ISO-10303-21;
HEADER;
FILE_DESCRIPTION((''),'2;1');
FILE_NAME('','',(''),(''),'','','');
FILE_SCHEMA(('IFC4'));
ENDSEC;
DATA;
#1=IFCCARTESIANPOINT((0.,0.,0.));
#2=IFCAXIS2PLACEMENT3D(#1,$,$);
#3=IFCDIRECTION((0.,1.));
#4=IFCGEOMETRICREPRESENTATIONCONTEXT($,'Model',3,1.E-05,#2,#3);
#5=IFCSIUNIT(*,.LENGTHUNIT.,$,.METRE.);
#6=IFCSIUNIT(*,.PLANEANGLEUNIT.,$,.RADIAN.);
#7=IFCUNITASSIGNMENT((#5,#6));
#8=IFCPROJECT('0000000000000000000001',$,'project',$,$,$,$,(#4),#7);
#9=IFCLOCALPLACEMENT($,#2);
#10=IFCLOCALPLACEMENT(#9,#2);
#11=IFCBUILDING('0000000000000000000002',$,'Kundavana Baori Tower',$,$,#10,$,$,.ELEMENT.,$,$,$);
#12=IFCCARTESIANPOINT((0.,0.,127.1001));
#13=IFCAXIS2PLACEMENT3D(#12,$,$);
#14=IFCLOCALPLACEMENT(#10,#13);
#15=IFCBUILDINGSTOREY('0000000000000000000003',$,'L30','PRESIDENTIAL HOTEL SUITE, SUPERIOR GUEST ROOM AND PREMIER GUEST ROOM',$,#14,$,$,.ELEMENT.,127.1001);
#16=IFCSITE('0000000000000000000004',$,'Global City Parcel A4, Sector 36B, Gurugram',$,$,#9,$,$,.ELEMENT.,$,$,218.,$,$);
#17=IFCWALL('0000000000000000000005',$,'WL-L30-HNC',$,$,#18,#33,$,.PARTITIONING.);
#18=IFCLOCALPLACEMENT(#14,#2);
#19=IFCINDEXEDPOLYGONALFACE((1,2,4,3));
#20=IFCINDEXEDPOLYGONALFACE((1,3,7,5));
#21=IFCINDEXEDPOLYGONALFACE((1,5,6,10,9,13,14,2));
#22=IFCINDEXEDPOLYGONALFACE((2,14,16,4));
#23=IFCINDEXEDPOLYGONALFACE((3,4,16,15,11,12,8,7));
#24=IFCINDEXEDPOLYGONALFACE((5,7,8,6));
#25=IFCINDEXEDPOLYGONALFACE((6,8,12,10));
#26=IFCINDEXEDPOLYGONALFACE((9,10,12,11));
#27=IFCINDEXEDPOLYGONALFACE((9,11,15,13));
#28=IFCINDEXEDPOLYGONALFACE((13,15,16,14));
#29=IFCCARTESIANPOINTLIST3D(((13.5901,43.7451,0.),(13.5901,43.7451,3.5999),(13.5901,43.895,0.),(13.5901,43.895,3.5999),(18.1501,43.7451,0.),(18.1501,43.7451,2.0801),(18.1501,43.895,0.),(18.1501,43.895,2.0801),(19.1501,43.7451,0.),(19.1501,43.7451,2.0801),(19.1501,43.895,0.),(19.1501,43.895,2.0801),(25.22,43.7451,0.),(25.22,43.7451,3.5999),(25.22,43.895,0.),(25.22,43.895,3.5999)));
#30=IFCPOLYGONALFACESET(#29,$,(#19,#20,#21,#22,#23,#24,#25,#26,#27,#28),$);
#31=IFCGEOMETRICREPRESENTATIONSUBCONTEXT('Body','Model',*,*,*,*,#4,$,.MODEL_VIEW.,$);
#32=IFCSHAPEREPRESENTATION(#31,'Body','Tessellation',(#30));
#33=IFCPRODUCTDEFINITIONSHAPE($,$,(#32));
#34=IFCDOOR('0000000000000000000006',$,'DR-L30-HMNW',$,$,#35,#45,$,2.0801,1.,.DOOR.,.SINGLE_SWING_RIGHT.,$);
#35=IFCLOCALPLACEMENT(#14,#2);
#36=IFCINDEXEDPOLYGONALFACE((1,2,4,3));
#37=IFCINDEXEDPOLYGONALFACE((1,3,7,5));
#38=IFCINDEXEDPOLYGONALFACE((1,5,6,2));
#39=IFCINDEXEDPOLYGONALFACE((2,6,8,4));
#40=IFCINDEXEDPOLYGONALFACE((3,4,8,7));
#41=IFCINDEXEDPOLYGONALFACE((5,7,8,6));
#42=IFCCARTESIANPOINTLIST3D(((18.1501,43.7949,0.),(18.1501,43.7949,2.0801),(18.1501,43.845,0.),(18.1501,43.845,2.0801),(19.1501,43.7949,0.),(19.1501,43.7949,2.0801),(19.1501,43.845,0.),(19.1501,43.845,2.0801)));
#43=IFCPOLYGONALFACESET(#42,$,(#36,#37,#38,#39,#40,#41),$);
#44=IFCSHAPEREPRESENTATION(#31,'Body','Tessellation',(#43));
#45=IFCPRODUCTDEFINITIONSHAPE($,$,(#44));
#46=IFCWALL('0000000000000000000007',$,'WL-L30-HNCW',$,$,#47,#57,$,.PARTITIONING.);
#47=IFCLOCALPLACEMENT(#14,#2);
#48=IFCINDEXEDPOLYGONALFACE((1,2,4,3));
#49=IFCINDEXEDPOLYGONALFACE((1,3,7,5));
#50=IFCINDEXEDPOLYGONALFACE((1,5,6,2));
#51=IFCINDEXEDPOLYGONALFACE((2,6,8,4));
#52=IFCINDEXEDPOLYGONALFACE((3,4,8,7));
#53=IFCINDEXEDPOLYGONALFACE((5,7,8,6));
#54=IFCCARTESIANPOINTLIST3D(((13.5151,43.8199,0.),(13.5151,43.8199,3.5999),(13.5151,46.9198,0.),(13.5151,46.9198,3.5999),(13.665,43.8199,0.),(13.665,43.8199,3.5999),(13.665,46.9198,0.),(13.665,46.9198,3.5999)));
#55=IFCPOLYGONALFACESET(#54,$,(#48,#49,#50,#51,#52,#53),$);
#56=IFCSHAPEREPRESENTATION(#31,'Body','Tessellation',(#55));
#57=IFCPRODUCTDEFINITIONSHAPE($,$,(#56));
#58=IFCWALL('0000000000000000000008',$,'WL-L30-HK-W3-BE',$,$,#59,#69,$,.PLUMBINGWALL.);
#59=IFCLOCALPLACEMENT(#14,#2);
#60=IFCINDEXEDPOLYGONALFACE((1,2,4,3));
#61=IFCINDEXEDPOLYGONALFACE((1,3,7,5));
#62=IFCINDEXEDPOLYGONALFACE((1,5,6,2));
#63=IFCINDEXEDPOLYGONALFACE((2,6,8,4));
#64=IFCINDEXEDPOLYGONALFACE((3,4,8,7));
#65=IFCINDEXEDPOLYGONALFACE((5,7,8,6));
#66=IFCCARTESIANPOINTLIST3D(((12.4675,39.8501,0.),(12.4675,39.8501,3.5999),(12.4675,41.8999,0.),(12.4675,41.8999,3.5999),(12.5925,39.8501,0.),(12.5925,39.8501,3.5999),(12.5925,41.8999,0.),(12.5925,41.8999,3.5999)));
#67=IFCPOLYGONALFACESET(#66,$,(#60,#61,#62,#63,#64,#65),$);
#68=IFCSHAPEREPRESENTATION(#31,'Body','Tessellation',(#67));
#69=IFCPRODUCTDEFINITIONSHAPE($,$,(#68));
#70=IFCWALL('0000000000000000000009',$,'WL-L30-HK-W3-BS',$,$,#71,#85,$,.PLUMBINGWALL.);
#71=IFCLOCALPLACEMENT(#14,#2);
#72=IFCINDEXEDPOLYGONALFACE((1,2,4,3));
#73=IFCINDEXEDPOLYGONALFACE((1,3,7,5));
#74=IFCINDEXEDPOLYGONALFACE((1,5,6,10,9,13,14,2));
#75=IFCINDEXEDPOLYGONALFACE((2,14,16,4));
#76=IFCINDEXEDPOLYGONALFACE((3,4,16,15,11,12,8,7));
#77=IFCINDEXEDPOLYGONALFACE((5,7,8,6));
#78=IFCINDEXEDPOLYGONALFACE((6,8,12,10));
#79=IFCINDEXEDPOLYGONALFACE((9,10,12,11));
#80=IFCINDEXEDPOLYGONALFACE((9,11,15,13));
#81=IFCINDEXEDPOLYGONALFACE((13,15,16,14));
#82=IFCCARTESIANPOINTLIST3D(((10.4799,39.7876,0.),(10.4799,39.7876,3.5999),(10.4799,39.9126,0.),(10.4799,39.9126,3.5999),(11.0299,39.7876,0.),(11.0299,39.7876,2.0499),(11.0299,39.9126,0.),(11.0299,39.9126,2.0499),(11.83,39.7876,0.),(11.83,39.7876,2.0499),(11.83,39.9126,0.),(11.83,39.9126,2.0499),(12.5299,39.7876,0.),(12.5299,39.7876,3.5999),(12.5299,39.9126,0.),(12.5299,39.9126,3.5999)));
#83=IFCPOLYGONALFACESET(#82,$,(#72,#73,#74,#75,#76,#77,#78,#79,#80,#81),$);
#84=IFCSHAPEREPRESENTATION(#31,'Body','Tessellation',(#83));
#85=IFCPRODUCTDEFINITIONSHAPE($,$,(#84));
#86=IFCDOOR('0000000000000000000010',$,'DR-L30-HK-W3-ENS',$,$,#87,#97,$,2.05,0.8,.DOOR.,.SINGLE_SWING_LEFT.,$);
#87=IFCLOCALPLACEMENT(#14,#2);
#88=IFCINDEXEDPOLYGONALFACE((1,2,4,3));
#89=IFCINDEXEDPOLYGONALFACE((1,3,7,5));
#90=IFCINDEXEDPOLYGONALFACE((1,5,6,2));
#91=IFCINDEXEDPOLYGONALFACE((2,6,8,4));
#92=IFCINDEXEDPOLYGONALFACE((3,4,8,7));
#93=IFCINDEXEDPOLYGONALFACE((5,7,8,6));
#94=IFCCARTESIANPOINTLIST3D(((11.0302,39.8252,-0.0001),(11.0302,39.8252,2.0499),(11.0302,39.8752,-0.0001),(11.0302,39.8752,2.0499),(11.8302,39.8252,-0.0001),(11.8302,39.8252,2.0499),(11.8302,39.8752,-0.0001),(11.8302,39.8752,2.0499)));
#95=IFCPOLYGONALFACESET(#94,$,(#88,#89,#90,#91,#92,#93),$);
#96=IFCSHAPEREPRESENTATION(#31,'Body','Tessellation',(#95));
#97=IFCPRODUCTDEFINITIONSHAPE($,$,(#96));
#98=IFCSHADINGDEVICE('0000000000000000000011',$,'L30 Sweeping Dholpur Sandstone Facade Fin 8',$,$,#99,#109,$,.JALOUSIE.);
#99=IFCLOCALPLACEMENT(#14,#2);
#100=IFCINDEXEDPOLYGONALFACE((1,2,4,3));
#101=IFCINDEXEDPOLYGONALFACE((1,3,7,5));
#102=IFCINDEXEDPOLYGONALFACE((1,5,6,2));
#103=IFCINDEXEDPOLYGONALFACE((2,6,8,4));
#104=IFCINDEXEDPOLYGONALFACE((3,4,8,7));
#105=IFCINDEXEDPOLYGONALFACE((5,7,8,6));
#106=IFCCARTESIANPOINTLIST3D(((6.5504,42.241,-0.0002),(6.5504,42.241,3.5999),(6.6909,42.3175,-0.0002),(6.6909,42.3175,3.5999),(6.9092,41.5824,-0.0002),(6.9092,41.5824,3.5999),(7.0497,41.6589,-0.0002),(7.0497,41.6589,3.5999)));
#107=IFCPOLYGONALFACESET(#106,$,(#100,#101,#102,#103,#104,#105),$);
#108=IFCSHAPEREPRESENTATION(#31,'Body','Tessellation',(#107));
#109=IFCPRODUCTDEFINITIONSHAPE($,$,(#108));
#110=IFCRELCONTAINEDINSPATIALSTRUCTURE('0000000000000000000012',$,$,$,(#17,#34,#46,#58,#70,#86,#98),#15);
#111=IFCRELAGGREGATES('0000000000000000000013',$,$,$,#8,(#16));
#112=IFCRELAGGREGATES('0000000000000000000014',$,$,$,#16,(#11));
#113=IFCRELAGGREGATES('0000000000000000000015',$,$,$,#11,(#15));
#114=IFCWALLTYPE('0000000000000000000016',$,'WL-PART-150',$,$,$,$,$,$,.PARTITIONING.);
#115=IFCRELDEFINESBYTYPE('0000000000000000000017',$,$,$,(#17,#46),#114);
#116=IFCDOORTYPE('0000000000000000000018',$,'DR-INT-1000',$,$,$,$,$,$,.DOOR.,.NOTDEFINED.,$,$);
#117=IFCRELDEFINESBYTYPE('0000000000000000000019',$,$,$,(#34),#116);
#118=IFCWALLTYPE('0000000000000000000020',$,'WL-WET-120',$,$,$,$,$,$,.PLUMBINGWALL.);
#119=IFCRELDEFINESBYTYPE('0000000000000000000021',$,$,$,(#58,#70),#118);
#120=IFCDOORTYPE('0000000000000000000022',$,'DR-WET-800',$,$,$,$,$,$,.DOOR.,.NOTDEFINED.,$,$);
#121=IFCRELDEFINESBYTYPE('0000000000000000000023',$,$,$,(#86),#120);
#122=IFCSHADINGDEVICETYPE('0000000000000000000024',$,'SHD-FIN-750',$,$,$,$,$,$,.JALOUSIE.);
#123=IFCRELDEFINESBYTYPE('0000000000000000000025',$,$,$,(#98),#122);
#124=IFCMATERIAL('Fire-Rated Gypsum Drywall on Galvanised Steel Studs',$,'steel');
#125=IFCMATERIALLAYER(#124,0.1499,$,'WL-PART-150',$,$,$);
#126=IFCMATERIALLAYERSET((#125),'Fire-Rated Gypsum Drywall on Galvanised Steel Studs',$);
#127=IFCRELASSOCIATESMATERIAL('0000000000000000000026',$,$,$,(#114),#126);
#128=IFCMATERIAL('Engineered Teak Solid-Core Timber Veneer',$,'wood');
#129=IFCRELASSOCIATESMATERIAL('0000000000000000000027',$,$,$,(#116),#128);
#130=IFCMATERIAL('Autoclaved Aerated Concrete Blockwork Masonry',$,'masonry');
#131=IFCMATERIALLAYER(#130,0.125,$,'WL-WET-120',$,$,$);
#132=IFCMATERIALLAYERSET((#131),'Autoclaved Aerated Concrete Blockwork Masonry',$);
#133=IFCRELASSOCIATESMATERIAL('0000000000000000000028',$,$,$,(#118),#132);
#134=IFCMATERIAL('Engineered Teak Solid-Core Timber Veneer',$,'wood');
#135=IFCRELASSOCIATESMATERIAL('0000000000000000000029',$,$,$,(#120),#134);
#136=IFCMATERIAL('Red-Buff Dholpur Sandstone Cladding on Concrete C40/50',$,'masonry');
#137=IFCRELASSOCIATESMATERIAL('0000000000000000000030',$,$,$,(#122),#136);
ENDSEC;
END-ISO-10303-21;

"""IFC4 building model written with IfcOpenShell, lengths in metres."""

from ifc_helpers import new_model, si_unit, direction, frame, frame_2d, origin, origin_2d, place, context, subcontext, project, spatial, rectangle, extrude, material, layer, layer_set, type_object, element, fill, save


model = new_model("IFC4")

# Units and contexts
model_context = context("Model", 3, precision=1e-05, world=origin(), true_north=direction((0.0, 1.0)))
body_context = subcontext(model_context, "Body", "Model", "MODEL_VIEW")
ifc_project = project(units=[si_unit("LENGTHUNIT", "METRE"), si_unit("PLANEANGLEUNIT", "RADIAN")], contexts=[model_context])

# Site, building, storey
site_placement = place(None, origin())
site = spatial("IfcSite", under=ifc_project, at=site_placement, Name="Global City Parcel A4, Sector 36B, Gurugram", CompositionType="ELEMENT", RefElevation=218.0)
building_placement = place(site_placement, origin())
building = spatial("IfcBuilding", under=site, at=building_placement, Name="Kundavana Baori Tower", CompositionType="ELEMENT")
storey_placement = place(building_placement, frame((0.0, 0.0, 127.1001)))
storey = spatial("IfcBuildingStorey", under=building, at=storey_placement, Name="L30", Description="PRESIDENTIAL HOTEL SUITE, SUPERIOR GUEST ROOM AND PREMIER GUEST ROOM", CompositionType="ELEMENT", Elevation=127.1001)

# Shared definitions
ifc_material_1 = material(Name="Fire-Rated Gypsum Drywall on Galvanised Steel Studs", Category="steel")
ifc_layer_1 = layer(ifc_material_1, 0.1499, Name="WL-PART-150")
ifc_layer_set_1 = layer_set([ifc_layer_1], Name="Fire-Rated Gypsum Drywall on Galvanised Steel Studs")
wall_type_1 = type_object("IfcWallType", Name="WL-PART-150", PredefinedType="PARTITIONING", material=ifc_layer_set_1)

# Wall, opening, door
wall_1_placement = place(storey_placement, frame((13.5901, 43.8201, 0.0), z_axis=(0.0, 0.0, 1.0), x_axis=(1.0, 0.0, 0.0)))
wall_1 = element("IfcWall", 1, at=wall_1_placement, inside=storey, type_object=wall_type_1, Name="WL-L30-HNC", PredefinedType="PARTITIONING", context=body_context, shape_type="SweptSolid", body=[
    extrude(rectangle(XDim=11.6299, YDim=0.1499, at=frame_2d((5.8149, 0.0))), origin(), (0.0, 0.0, 1.0), 3.5999),
])
opening_1_placement = place(wall_1_placement, frame((4.5601, 0.0, 0.0)))
opening_1 = element("IfcOpeningElement", 2, at=opening_1_placement, cuts=wall_1, PredefinedType="OPENING", context=body_context, shape_type="SweptSolid", body=[
    extrude(rectangle(XDim=1.0, YDim=2.0801, at=frame_2d((0.5, 1.04))), frame((0.0, 0.085, 0.0), z_axis=(0.0, -1.0, 0.0), x_axis=(1.0, 0.0, 0.0)), (0.0, 0.0, 1.0), 0.1699),
])
ifc_material_2 = material(Name="Engineered Teak Solid-Core Timber Veneer", Category="wood")
door_type_1 = type_object("IfcDoorType", Name="DR-INT-1000", OperationType="NOTDEFINED", PredefinedType="DOOR", material=ifc_material_2)
door_1_placement = place(opening_1_placement, origin())
door_1 = element("IfcDoor", 3, at=door_1_placement, inside=storey, type_object=door_type_1, Name="DR-L30-HMNW", OperationType="SINGLE_SWING_RIGHT", OverallHeight=2.0801, OverallWidth=1.0, PredefinedType="DOOR", context=body_context, shape_type="SweptSolid", body=[
    extrude(rectangle(XDim=1.0, YDim=2.0801, at=frame_2d((0.5, 1.04))), frame((0.0, 0.0249, 0.0), z_axis=(0.0, -1.0, 0.0), x_axis=(1.0, 0.0, 0.0)), (0.0, 0.0, 1.0), 0.05),
])
fill(opening_1, door_1)

# Walls
wall_2_placement = place(storey_placement, frame((13.5901, 43.8201, 0.0), z_axis=(0.0, 0.0, 1.0), x_axis=(0.0, 1.0, 0.0)))
element("IfcWall", 4, at=wall_2_placement, inside=storey, type_object=wall_type_1, Name="WL-L30-HNCW", PredefinedType="PARTITIONING", context=body_context, shape_type="SweptSolid", body=[
    extrude(rectangle(XDim=3.0999, YDim=0.1499, at=frame_2d((1.5498, 0.0))), origin(), (0.0, 0.0, 1.0), 3.5999),
])
ifc_material_3 = material(Name="Autoclaved Aerated Concrete Blockwork Masonry", Category="masonry")
ifc_layer_2 = layer(ifc_material_3, 0.125, Name="WL-WET-120")
ifc_layer_set_2 = layer_set([ifc_layer_2], Name="Autoclaved Aerated Concrete Blockwork Masonry")
wall_type_2 = type_object("IfcWallType", Name="WL-WET-120", PredefinedType="PLUMBINGWALL", material=ifc_layer_set_2)
wall_3_placement = place(storey_placement, frame((12.53, 39.8501, 0.0), z_axis=(0.0, 0.0, 1.0), x_axis=(0.0, 1.0, 0.0)))
element("IfcWall", 5, at=wall_3_placement, inside=storey, type_object=wall_type_2, Name="WL-L30-HK-W3-BE", PredefinedType="PLUMBINGWALL", context=body_context, shape_type="SweptSolid", body=[
    extrude(rectangle(XDim=2.0498, YDim=0.125, at=frame_2d((1.0249, 0.0))), origin(), (0.0, 0.0, 1.0), 3.5999),
])

# Wall, opening, door
wall_4_placement = place(storey_placement, frame((10.48, 39.8501, 0.0), z_axis=(0.0, 0.0, 1.0), x_axis=(1.0, 0.0, 0.0)))
wall_4 = element("IfcWall", 6, at=wall_4_placement, inside=storey, type_object=wall_type_2, Name="WL-L30-HK-W3-BS", PredefinedType="PLUMBINGWALL", context=body_context, shape_type="SweptSolid", body=[
    extrude(rectangle(XDim=2.05, YDim=0.125, at=frame_2d((1.0249, 0.0))), origin(), (0.0, 0.0, 1.0), 3.5999),
])
opening_2_placement = place(wall_4_placement, frame((0.55, 0.0, 0.0)))
opening_2 = element("IfcOpeningElement", 7, at=opening_2_placement, cuts=wall_4, PredefinedType="OPENING", context=body_context, shape_type="SweptSolid", body=[
    extrude(rectangle(XDim=0.8, YDim=2.05, at=frame_2d((0.3999, 1.0249))), frame((0.0, 0.0725, 0.0), z_axis=(0.0, -1.0, 0.0), x_axis=(1.0, 0.0, 0.0)), (0.0, 0.0, 1.0), 0.145),
])
ifc_material_4 = material(Name="Engineered Teak Solid-Core Timber Veneer", Category="wood")
door_type_2 = type_object("IfcDoorType", Name="DR-WET-800", OperationType="NOTDEFINED", PredefinedType="DOOR", material=ifc_material_4)
door_2_placement = place(opening_2_placement, frame((0.8, 0.0, 0.0), z_axis=(0.0, 0.0, 1.0), x_axis=(-1.0, 0.0, 0.0)))
door_2 = element("IfcDoor", 8, at=door_2_placement, inside=storey, type_object=door_type_2, Name="DR-L30-HK-W3-ENS", OperationType="SINGLE_SWING_LEFT", OverallHeight=2.05, OverallWidth=0.8, PredefinedType="DOOR", context=body_context, shape_type="SweptSolid", body=[
    extrude(rectangle(XDim=0.8, YDim=2.05, at=frame_2d((0.3999, 1.0249))), frame((0.0, 0.0249, 0.0), z_axis=(0.0, -1.0, 0.0), x_axis=(1.0, 0.0, 0.0)), (0.0, 0.0, 1.0), 0.05),
])
fill(opening_2, door_2)

# Shading device
ifc_material_5 = material(Name="Red-Buff Dholpur Sandstone Cladding on Concrete C40/50", Category="masonry")
shading_device_type = type_object("IfcShadingDeviceType", Name="SHD-FIN-750", PredefinedType="JALOUSIE", material=ifc_material_5)
shading_device_placement = place(storey_placement, frame((6.8, 41.95, -0.0002), z_axis=(0.0, 0.0, 1.0), x_axis=(0.87815, 0.478385, 0.0)))
element("IfcShadingDevice", 9, at=shading_device_placement, inside=storey, type_object=shading_device_type, Name="L30 Sweeping Dholpur Sandstone Facade Fin 8", PredefinedType="JALOUSIE", context=body_context, shape_type="SweptSolid", body=[
    extrude(rectangle(XDim=0.1599, YDim=0.75, at=origin_2d()), origin(), (0.0, 0.0, 1.0), 3.6001),
])

save(model, "model.ifc")
